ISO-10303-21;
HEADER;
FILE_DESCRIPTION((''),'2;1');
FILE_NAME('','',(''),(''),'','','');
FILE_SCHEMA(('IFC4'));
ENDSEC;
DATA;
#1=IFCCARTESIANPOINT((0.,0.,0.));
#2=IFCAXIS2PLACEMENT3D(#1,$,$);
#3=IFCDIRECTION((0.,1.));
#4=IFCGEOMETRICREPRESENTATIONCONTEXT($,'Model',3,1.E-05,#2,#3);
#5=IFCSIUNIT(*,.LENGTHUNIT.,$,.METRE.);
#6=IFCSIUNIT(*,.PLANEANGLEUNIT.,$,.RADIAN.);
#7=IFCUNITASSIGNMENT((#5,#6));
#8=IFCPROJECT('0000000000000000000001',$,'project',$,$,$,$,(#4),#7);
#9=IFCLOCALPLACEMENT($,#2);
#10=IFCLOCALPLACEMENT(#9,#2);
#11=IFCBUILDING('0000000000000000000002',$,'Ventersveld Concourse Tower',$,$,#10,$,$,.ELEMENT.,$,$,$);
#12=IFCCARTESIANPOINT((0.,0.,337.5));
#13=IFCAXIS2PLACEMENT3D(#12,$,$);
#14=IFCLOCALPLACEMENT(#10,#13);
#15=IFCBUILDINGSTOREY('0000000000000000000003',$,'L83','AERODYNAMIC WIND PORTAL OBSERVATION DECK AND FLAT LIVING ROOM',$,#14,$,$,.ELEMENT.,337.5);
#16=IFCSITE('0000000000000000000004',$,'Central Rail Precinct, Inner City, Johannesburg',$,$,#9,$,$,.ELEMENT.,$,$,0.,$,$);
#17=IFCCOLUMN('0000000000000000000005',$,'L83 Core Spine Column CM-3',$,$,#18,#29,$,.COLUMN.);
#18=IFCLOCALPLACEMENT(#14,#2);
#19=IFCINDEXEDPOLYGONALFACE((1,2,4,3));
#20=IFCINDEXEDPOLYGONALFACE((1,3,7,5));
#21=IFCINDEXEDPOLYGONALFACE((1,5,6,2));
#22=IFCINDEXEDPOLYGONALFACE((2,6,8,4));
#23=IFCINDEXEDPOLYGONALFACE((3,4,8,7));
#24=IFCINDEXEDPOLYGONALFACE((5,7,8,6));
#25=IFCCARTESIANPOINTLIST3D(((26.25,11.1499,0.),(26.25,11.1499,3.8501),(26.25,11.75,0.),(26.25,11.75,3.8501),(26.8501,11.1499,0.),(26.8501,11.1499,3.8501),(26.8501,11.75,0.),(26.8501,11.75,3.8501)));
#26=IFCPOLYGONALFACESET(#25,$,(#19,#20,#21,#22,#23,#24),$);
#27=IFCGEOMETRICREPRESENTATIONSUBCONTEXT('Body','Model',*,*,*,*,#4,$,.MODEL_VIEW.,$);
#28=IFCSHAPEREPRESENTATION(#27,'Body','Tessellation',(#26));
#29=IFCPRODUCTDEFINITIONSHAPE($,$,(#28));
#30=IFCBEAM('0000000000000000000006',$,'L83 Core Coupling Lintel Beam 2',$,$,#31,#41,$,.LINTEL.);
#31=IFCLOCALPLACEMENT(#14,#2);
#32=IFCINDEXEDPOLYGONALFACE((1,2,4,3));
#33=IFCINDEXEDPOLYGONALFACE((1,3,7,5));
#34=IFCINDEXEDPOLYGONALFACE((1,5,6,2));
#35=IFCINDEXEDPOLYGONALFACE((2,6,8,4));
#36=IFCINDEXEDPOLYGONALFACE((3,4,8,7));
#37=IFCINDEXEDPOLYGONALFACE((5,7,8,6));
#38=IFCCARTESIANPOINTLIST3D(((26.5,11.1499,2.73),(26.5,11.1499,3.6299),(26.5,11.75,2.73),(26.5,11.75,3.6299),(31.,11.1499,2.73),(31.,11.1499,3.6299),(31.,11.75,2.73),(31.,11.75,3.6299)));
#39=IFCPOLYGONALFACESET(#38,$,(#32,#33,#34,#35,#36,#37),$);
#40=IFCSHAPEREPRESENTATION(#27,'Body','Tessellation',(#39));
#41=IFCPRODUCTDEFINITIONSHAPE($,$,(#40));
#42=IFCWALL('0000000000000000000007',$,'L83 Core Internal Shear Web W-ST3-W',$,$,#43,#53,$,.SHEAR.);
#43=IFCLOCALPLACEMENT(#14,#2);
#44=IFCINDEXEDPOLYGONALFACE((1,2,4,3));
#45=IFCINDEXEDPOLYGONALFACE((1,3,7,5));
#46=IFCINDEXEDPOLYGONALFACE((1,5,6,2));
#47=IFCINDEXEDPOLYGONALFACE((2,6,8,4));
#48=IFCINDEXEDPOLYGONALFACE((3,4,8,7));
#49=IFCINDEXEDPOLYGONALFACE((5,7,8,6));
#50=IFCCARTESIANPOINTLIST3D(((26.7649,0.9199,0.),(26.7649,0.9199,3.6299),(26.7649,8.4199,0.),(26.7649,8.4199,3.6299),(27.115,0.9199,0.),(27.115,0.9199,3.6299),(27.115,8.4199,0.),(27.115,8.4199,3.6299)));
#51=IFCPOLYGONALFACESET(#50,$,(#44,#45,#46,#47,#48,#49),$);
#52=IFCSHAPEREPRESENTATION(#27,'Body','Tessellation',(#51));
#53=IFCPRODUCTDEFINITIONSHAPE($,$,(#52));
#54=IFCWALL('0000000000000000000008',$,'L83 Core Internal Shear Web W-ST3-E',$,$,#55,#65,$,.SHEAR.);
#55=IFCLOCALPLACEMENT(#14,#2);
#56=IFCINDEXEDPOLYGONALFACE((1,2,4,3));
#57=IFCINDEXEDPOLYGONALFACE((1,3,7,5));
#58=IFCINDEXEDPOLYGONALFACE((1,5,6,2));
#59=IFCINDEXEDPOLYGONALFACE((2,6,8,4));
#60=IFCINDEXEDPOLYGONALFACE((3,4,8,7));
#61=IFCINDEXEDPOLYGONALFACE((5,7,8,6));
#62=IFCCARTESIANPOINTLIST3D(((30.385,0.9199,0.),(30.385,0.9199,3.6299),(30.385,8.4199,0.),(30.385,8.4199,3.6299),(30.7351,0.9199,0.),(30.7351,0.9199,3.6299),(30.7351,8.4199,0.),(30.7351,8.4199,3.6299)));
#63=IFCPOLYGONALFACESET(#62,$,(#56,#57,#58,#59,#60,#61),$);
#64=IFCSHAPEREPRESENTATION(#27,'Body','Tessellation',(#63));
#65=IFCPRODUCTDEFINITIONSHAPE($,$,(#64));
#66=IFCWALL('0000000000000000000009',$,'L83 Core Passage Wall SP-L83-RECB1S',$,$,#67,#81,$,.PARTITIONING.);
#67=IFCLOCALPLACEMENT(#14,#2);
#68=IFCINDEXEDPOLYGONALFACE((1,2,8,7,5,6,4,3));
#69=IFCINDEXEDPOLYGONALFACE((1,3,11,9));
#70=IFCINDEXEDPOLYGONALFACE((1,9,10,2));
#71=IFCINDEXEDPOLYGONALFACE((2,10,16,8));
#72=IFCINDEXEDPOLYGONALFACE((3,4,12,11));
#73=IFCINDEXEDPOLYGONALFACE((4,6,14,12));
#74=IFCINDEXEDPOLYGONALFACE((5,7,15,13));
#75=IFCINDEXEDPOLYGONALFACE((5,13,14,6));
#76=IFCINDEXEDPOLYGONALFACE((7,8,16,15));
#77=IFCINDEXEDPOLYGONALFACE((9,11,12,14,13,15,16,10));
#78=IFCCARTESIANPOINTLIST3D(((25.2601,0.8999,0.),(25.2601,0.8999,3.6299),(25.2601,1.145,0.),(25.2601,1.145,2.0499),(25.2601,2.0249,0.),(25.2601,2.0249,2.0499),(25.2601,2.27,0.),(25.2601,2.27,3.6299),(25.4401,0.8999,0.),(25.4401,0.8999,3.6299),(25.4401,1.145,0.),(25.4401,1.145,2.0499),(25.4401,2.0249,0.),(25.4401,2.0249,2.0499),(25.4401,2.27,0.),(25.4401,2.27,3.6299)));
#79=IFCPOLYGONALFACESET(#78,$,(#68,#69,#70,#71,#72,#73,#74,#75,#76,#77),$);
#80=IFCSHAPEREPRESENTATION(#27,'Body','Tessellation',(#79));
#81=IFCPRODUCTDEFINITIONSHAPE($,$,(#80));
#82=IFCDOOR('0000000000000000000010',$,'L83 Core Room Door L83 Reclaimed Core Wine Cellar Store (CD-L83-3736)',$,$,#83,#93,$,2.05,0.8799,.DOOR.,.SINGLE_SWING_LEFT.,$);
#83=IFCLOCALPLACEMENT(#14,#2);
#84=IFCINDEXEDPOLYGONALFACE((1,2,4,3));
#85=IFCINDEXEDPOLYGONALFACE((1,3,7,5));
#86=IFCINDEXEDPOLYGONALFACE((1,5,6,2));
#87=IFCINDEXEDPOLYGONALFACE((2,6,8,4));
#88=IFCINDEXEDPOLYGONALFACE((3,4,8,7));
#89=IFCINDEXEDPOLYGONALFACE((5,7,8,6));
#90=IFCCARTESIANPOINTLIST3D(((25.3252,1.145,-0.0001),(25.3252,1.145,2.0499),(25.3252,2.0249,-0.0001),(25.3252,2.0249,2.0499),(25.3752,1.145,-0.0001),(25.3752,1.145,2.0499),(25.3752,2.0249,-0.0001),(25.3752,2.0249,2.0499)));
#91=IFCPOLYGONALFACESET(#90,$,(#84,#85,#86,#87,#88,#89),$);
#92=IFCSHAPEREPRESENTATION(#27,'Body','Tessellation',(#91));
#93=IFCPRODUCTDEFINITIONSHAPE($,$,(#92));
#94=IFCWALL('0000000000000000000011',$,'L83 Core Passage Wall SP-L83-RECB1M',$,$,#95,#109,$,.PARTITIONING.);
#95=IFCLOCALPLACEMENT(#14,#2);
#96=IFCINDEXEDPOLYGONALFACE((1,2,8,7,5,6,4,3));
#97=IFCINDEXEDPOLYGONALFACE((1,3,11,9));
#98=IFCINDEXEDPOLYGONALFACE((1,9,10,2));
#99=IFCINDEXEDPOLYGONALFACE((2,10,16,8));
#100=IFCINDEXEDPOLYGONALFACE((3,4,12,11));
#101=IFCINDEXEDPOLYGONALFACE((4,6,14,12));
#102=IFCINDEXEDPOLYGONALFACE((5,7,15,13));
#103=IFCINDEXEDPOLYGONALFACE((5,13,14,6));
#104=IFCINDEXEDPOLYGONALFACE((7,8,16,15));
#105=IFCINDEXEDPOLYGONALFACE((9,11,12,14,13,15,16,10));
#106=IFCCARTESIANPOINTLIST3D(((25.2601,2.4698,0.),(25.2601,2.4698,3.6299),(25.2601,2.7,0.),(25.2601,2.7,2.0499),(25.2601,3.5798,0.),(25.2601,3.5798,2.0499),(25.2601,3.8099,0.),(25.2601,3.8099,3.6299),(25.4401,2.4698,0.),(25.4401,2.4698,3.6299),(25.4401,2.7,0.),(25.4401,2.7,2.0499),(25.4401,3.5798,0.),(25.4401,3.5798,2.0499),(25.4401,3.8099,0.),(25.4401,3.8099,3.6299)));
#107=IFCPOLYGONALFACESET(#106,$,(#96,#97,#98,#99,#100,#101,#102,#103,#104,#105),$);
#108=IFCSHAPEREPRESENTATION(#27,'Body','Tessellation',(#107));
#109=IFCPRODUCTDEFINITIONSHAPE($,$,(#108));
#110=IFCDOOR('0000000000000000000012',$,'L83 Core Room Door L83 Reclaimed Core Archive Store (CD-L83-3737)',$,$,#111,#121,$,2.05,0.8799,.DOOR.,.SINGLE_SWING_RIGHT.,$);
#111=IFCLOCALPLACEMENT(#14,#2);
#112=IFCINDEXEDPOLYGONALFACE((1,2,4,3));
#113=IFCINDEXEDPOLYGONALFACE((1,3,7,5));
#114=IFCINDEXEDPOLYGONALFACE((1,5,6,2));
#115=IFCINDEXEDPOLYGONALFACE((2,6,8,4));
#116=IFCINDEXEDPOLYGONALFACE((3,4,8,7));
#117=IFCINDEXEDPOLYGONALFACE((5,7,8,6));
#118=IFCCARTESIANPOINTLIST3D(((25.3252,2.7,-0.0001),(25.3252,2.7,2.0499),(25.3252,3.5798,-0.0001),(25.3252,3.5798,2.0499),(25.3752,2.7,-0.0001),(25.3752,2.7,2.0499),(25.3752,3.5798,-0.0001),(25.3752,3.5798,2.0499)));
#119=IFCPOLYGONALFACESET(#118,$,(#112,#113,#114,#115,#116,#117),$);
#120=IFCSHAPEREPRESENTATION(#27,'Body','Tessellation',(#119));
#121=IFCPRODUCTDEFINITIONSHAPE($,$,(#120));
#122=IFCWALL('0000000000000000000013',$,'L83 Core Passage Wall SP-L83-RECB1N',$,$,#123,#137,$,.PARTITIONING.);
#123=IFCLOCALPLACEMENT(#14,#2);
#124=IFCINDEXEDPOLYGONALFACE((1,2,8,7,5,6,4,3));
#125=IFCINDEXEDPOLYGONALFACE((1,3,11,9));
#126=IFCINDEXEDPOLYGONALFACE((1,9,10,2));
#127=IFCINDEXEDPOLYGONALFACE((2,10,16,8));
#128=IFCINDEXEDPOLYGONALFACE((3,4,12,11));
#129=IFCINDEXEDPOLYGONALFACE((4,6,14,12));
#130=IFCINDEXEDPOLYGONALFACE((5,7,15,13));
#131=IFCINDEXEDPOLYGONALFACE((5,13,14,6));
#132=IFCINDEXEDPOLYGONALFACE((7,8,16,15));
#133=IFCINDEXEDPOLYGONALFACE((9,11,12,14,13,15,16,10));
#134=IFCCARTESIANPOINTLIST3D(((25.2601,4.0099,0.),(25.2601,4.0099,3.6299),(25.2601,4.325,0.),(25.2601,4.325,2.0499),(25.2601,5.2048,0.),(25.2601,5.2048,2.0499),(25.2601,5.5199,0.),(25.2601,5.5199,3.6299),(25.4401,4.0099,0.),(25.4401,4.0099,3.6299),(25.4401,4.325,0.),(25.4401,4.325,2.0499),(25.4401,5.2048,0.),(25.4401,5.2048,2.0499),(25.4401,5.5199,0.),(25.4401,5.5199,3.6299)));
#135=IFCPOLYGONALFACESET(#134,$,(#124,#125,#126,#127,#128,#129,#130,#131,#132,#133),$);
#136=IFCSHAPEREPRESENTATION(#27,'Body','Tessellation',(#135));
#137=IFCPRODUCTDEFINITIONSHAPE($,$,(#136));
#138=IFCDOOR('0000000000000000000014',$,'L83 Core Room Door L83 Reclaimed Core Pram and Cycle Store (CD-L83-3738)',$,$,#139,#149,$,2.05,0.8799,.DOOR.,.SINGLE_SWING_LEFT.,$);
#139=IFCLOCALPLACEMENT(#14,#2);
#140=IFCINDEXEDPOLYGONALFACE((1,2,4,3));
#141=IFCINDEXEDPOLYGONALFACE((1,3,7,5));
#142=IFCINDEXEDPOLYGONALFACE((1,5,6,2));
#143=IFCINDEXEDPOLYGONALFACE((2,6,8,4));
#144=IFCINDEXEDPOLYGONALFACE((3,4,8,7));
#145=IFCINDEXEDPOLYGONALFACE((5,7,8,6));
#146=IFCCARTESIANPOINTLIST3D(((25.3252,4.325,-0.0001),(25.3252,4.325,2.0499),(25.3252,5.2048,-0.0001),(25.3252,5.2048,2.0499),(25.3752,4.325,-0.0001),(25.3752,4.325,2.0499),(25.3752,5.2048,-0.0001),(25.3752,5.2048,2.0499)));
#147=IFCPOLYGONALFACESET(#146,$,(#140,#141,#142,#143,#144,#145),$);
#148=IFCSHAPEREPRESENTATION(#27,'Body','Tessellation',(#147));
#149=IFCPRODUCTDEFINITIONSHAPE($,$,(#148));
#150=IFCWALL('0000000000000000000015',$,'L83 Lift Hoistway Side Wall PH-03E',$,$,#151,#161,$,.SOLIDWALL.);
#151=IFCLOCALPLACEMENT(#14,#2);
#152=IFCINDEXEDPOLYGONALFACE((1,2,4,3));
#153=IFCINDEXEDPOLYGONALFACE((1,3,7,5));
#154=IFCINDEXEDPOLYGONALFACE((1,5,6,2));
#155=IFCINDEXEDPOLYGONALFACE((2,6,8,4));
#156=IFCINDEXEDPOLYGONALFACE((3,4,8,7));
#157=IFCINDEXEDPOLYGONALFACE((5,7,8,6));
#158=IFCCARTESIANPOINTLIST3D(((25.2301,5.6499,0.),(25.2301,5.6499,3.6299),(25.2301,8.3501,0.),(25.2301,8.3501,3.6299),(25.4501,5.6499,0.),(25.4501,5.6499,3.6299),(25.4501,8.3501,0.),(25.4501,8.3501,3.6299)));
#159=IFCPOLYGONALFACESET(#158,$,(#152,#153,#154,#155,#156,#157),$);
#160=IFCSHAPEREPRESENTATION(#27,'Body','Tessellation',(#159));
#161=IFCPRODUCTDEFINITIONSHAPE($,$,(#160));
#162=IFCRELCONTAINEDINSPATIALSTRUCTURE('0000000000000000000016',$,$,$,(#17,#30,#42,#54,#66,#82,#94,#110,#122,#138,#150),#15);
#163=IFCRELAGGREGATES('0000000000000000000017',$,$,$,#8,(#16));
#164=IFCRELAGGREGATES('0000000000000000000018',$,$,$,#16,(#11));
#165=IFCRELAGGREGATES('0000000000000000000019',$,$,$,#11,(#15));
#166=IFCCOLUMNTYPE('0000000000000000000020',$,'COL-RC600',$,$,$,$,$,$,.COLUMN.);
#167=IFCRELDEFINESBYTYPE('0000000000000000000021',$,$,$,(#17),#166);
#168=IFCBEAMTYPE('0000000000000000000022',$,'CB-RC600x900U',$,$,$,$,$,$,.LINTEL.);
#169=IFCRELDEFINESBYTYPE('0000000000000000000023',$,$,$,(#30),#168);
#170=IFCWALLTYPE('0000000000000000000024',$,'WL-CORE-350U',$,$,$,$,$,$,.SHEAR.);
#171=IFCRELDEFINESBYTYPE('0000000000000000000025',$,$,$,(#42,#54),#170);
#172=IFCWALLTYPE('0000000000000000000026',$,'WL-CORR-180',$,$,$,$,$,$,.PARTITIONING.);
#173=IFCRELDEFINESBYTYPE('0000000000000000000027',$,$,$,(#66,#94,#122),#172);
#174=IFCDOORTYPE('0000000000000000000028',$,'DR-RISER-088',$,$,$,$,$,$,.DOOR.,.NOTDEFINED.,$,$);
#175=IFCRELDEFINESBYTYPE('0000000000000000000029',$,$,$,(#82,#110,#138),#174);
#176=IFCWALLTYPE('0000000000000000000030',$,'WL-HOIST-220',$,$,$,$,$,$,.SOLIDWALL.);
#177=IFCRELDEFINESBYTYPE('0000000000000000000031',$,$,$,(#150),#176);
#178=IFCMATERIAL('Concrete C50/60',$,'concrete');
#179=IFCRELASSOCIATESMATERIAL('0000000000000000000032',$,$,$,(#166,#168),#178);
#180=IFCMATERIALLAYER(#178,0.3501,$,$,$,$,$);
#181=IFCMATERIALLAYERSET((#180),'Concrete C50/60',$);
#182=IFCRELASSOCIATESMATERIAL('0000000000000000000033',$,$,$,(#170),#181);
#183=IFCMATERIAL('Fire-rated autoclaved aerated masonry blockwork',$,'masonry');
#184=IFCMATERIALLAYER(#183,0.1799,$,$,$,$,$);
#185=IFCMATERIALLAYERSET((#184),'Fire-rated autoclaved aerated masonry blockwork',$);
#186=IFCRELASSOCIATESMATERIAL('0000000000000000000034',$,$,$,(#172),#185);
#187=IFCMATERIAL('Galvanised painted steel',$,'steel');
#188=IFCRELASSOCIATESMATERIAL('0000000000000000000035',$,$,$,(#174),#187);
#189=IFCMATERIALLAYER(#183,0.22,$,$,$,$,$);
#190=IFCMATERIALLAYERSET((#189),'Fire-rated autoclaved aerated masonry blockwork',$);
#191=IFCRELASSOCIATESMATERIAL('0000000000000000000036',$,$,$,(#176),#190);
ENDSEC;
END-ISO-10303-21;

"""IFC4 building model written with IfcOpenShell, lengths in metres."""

from ifc_helpers import new_model, si_unit, direction, frame, frame_2d, origin, origin_2d, place, context, subcontext, project, spatial, rectangle, extrude, material, layer, layer_set, material_profile, profile_set, type_object, element, fill, save


model = new_model("IFC4")

# Units and contexts
model_context = context("Model", 3, precision=1e-05, world=origin(), true_north=direction((0.0, 1.0)))
body_context = subcontext(model_context, "Body", "Model", "MODEL_VIEW")
ifc_project = project(units=[si_unit("LENGTHUNIT", "METRE"), si_unit("PLANEANGLEUNIT", "RADIAN")], contexts=[model_context])

# Site, building, storey
site_placement = place(None, origin())
site = spatial("IfcSite", under=ifc_project, at=site_placement, Name="Central Rail Precinct, Inner City, Johannesburg", CompositionType="ELEMENT", RefElevation=0.0)
building_placement = place(site_placement, origin())
building = spatial("IfcBuilding", under=site, at=building_placement, Name="Ventersveld Concourse Tower", CompositionType="ELEMENT")
storey_placement = place(building_placement, frame((0.0, 0.0, 337.5)))
storey = spatial("IfcBuildingStorey", under=building, at=storey_placement, Name="L83", Description="AERODYNAMIC WIND PORTAL OBSERVATION DECK AND FLAT LIVING ROOM", CompositionType="ELEMENT", Elevation=337.5)

# Column
ifc_material_1 = material(Name="Concrete C50/60", Category="concrete")
ifc_material_profile_1 = material_profile(ifc_material_1, rectangle(XDim=0.6001, YDim=0.6001, at=origin_2d()), Name="RC 600x600")
ifc_profile_set_1 = profile_set([ifc_material_profile_1], Name="Concrete C50/60")
column_type = type_object("IfcColumnType", Name="COL-RC600", PredefinedType="COLUMN", material=ifc_profile_set_1)
column_placement = place(storey_placement, frame((26.55, 11.45, 0.0), z_axis=(0.0, 0.0, 1.0), x_axis=(1.0, 0.0, 0.0)))
element("IfcColumn", 1, at=column_placement, inside=storey, type_object=column_type, Name="L83 Core Spine Column CM-3", PredefinedType="COLUMN", context=body_context, shape_type="SweptSolid", body=[
    extrude(rectangle(XDim=0.6001, YDim=0.6001, at=origin_2d()), origin(), (0.0, 0.0, 1.0), 3.8501),
])

# Beam
ifc_material_profile_2 = material_profile(ifc_material_1, rectangle(XDim=0.6001, YDim=0.8999, at=origin_2d()), Name="RC 600x900")
ifc_profile_set_2 = profile_set([ifc_material_profile_2], Name="Concrete C50/60")
beam_type = type_object("IfcBeamType", Name="CB-RC600x900U", PredefinedType="LINTEL", material=ifc_profile_set_2)
beam_placement = place(storey_placement, frame((26.5, 11.45, 3.1799), z_axis=(1.0, 0.0, 0.0), x_axis=(0.0, 1.0, 0.0)))
element("IfcBeam", 2, at=beam_placement, inside=storey, type_object=beam_type, Name="L83 Core Coupling Lintel Beam 2", PredefinedType="LINTEL", context=body_context, shape_type="SweptSolid", body=[
    extrude(rectangle(XDim=0.6001, YDim=0.8999, at=origin_2d()), origin(), (0.0, 0.0, 1.0), 4.5),
])

# Walls
ifc_layer_1 = layer(ifc_material_1, 0.3501)
ifc_layer_set_1 = layer_set([ifc_layer_1], Name="Concrete C50/60")
wall_type_1 = type_object("IfcWallType", Name="WL-CORE-350U", PredefinedType="SHEAR", material=ifc_layer_set_1)
for number, where, z_axis, x_axis, name in (
    (3, (26.9399, 0.9199, 0.0), (0.0, 0.0, 1.0), (0.0, 1.0, 0.0), "L83 Core Internal Shear Web W-ST3-W"),
    (4, (30.5601, 0.9199, 0.0), (0.0, 0.0, 1.0), (0.0, 1.0, 0.0), "L83 Core Internal Shear Web W-ST3-E"),
):
    element("IfcWall", number, at=place(storey_placement, frame(where, z_axis=z_axis, x_axis=x_axis)), inside=storey, type_object=wall_type_1, Name=name, PredefinedType="SHEAR", context=body_context, shape_type="SweptSolid", body=[
        extrude(rectangle(XDim=7.5, YDim=0.3501, at=frame_2d((3.75, 0.0))), origin(), (0.0, 0.0, 1.0), 3.6299),
    ])

# Walls, openings, doors
ifc_material_2 = material(Name="Fire-rated autoclaved aerated masonry blockwork", Category="masonry")
ifc_layer_2 = layer(ifc_material_2, 0.1799)
ifc_layer_set_2 = layer_set([ifc_layer_2], Name="Fire-rated autoclaved aerated masonry blockwork")
wall_type_2 = type_object("IfcWallType", Name="WL-CORR-180", PredefinedType="PARTITIONING", material=ifc_layer_set_2)
wall_1_placement = place(storey_placement, frame((25.3501, 0.8999, 0.0), z_axis=(0.0, 0.0, 1.0), x_axis=(0.0, 1.0, 0.0)))
wall_1 = element("IfcWall", 5, at=wall_1_placement, inside=storey, type_object=wall_type_2, Name="L83 Core Passage Wall SP-L83-RECB1S", PredefinedType="PARTITIONING", context=body_context, shape_type="SweptSolid", body=[
    extrude(rectangle(XDim=1.3701, YDim=0.1799, at=frame_2d((0.6851, 0.0))), origin(), (0.0, 0.0, 1.0), 3.6299),
])
opening_1_placement = place(wall_1_placement, frame((0.2451, 0.0, 0.0)))
opening_1 = element("IfcOpeningElement", 6, at=opening_1_placement, cuts=wall_1, PredefinedType="OPENING", context=body_context, shape_type="SweptSolid", body=[
    extrude(rectangle(XDim=0.8799, YDim=2.05, at=frame_2d((0.4399, 1.0249))), frame((0.0, 0.1001, 0.0), z_axis=(0.0, -1.0, 0.0), x_axis=(1.0, 0.0, 0.0)), (0.0, 0.0, 1.0), 0.2),
])
ifc_material_3 = material(Name="Galvanised painted steel", Category="steel")
door_type_1 = type_object("IfcDoorType", Name="DR-RISER-088", OperationType="NOTDEFINED", PredefinedType="DOOR", material=ifc_material_3)
door_1_placement = place(opening_1_placement, origin())
door_1 = element("IfcDoor", 7, at=door_1_placement, inside=storey, type_object=door_type_1, Name="L83 Core Room Door L83 Reclaimed Core Wine Cellar Store (CD-L83-3736)", OperationType="SINGLE_SWING_LEFT", OverallHeight=2.05, OverallWidth=0.8799, PredefinedType="DOOR", context=body_context, shape_type="SweptSolid", body=[
    extrude(rectangle(XDim=0.8799, YDim=2.05, at=frame_2d((0.4399, 1.0249))), frame((0.0, 0.0249, 0.0), z_axis=(0.0, -1.0, 0.0), x_axis=(1.0, 0.0, 0.0)), (0.0, 0.0, 1.0), 0.05),
])
fill(opening_1, door_1)
wall_2_placement = place(storey_placement, frame((25.3501, 2.47, 0.0), z_axis=(0.0, 0.0, 1.0), x_axis=(0.0, 1.0, 0.0)))
wall_2 = element("IfcWall", 8, at=wall_2_placement, inside=storey, type_object=wall_type_2, Name="L83 Core Passage Wall SP-L83-RECB1M", PredefinedType="PARTITIONING", context=body_context, shape_type="SweptSolid", body=[
    extrude(rectangle(XDim=1.3401, YDim=0.1799, at=frame_2d((0.6699, 0.0))), origin(), (0.0, 0.0, 1.0), 3.6299),
])
opening_2_placement = place(wall_2_placement, frame((0.23, 0.0, 0.0)))
opening_2 = element("IfcOpeningElement", 9, at=opening_2_placement, cuts=wall_2, PredefinedType="OPENING", context=body_context, shape_type="SweptSolid", body=[
    extrude(rectangle(XDim=0.8799, YDim=2.05, at=frame_2d((0.4399, 1.0249))), frame((0.0, 0.1001, 0.0), z_axis=(0.0, -1.0, 0.0), x_axis=(1.0, 0.0, 0.0)), (0.0, 0.0, 1.0), 0.2),
])
door_2_placement = place(opening_2_placement, origin())
door_2 = element("IfcDoor", 10, at=door_2_placement, inside=storey, type_object=door_type_1, Name="L83 Core Room Door L83 Reclaimed Core Archive Store (CD-L83-3737)", OperationType="SINGLE_SWING_RIGHT", OverallHeight=2.05, OverallWidth=0.8799, PredefinedType="DOOR", context=body_context, shape_type="SweptSolid", body=[
    extrude(rectangle(XDim=0.8799, YDim=2.05, at=frame_2d((0.4399, 1.0249))), frame((0.0, 0.0249, 0.0), z_axis=(0.0, -1.0, 0.0), x_axis=(1.0, 0.0, 0.0)), (0.0, 0.0, 1.0), 0.05),
])
fill(opening_2, door_2)
wall_3_placement = place(storey_placement, frame((25.3501, 4.01, 0.0), z_axis=(0.0, 0.0, 1.0), x_axis=(0.0, 1.0, 0.0)))
wall_3 = element("IfcWall", 11, at=wall_3_placement, inside=storey, type_object=wall_type_2, Name="L83 Core Passage Wall SP-L83-RECB1N", PredefinedType="PARTITIONING", context=body_context, shape_type="SweptSolid", body=[
    extrude(rectangle(XDim=1.51, YDim=0.1799, at=frame_2d((0.7549, 0.0))), origin(), (0.0, 0.0, 1.0), 3.6299),
])
opening_3_placement = place(wall_3_placement, frame((0.3149, 0.0, 0.0)))
opening_3 = element("IfcOpeningElement", 12, at=opening_3_placement, cuts=wall_3, PredefinedType="OPENING", context=body_context, shape_type="SweptSolid", body=[
    extrude(rectangle(XDim=0.8799, YDim=2.05, at=frame_2d((0.4399, 1.0249))), frame((0.0, 0.1001, 0.0), z_axis=(0.0, -1.0, 0.0), x_axis=(1.0, 0.0, 0.0)), (0.0, 0.0, 1.0), 0.2),
])
door_3_placement = place(opening_3_placement, origin())
door_3 = element("IfcDoor", 13, at=door_3_placement, inside=storey, type_object=door_type_1, Name="L83 Core Room Door L83 Reclaimed Core Pram and Cycle Store (CD-L83-3738)", OperationType="SINGLE_SWING_LEFT", OverallHeight=2.05, OverallWidth=0.8799, PredefinedType="DOOR", context=body_context, shape_type="SweptSolid", body=[
    extrude(rectangle(XDim=0.8799, YDim=2.05, at=frame_2d((0.4399, 1.0249))), frame((0.0, 0.0249, 0.0), z_axis=(0.0, -1.0, 0.0), x_axis=(1.0, 0.0, 0.0)), (0.0, 0.0, 1.0), 0.05),
])
fill(opening_3, door_3)

# Wall
ifc_layer_3 = layer(ifc_material_2, 0.22)
ifc_layer_set_3 = layer_set([ifc_layer_3], Name="Fire-rated autoclaved aerated masonry blockwork")
wall_type_3 = type_object("IfcWallType", Name="WL-HOIST-220", PredefinedType="SOLIDWALL", material=ifc_layer_set_3)
wall_4_placement = place(storey_placement, frame((25.3401, 5.6499, 0.0), z_axis=(0.0, 0.0, 1.0), x_axis=(0.0, 1.0, 0.0)))
element("IfcWall", 14, at=wall_4_placement, inside=storey, type_object=wall_type_3, Name="L83 Lift Hoistway Side Wall PH-03E", PredefinedType="SOLIDWALL", context=body_context, shape_type="SweptSolid", body=[
    extrude(rectangle(XDim=2.7002, YDim=0.22, at=frame_2d((1.3501, 0.0))), origin(), (0.0, 0.0, 1.0), 3.6299),
])

save(model, "model.ifc")
